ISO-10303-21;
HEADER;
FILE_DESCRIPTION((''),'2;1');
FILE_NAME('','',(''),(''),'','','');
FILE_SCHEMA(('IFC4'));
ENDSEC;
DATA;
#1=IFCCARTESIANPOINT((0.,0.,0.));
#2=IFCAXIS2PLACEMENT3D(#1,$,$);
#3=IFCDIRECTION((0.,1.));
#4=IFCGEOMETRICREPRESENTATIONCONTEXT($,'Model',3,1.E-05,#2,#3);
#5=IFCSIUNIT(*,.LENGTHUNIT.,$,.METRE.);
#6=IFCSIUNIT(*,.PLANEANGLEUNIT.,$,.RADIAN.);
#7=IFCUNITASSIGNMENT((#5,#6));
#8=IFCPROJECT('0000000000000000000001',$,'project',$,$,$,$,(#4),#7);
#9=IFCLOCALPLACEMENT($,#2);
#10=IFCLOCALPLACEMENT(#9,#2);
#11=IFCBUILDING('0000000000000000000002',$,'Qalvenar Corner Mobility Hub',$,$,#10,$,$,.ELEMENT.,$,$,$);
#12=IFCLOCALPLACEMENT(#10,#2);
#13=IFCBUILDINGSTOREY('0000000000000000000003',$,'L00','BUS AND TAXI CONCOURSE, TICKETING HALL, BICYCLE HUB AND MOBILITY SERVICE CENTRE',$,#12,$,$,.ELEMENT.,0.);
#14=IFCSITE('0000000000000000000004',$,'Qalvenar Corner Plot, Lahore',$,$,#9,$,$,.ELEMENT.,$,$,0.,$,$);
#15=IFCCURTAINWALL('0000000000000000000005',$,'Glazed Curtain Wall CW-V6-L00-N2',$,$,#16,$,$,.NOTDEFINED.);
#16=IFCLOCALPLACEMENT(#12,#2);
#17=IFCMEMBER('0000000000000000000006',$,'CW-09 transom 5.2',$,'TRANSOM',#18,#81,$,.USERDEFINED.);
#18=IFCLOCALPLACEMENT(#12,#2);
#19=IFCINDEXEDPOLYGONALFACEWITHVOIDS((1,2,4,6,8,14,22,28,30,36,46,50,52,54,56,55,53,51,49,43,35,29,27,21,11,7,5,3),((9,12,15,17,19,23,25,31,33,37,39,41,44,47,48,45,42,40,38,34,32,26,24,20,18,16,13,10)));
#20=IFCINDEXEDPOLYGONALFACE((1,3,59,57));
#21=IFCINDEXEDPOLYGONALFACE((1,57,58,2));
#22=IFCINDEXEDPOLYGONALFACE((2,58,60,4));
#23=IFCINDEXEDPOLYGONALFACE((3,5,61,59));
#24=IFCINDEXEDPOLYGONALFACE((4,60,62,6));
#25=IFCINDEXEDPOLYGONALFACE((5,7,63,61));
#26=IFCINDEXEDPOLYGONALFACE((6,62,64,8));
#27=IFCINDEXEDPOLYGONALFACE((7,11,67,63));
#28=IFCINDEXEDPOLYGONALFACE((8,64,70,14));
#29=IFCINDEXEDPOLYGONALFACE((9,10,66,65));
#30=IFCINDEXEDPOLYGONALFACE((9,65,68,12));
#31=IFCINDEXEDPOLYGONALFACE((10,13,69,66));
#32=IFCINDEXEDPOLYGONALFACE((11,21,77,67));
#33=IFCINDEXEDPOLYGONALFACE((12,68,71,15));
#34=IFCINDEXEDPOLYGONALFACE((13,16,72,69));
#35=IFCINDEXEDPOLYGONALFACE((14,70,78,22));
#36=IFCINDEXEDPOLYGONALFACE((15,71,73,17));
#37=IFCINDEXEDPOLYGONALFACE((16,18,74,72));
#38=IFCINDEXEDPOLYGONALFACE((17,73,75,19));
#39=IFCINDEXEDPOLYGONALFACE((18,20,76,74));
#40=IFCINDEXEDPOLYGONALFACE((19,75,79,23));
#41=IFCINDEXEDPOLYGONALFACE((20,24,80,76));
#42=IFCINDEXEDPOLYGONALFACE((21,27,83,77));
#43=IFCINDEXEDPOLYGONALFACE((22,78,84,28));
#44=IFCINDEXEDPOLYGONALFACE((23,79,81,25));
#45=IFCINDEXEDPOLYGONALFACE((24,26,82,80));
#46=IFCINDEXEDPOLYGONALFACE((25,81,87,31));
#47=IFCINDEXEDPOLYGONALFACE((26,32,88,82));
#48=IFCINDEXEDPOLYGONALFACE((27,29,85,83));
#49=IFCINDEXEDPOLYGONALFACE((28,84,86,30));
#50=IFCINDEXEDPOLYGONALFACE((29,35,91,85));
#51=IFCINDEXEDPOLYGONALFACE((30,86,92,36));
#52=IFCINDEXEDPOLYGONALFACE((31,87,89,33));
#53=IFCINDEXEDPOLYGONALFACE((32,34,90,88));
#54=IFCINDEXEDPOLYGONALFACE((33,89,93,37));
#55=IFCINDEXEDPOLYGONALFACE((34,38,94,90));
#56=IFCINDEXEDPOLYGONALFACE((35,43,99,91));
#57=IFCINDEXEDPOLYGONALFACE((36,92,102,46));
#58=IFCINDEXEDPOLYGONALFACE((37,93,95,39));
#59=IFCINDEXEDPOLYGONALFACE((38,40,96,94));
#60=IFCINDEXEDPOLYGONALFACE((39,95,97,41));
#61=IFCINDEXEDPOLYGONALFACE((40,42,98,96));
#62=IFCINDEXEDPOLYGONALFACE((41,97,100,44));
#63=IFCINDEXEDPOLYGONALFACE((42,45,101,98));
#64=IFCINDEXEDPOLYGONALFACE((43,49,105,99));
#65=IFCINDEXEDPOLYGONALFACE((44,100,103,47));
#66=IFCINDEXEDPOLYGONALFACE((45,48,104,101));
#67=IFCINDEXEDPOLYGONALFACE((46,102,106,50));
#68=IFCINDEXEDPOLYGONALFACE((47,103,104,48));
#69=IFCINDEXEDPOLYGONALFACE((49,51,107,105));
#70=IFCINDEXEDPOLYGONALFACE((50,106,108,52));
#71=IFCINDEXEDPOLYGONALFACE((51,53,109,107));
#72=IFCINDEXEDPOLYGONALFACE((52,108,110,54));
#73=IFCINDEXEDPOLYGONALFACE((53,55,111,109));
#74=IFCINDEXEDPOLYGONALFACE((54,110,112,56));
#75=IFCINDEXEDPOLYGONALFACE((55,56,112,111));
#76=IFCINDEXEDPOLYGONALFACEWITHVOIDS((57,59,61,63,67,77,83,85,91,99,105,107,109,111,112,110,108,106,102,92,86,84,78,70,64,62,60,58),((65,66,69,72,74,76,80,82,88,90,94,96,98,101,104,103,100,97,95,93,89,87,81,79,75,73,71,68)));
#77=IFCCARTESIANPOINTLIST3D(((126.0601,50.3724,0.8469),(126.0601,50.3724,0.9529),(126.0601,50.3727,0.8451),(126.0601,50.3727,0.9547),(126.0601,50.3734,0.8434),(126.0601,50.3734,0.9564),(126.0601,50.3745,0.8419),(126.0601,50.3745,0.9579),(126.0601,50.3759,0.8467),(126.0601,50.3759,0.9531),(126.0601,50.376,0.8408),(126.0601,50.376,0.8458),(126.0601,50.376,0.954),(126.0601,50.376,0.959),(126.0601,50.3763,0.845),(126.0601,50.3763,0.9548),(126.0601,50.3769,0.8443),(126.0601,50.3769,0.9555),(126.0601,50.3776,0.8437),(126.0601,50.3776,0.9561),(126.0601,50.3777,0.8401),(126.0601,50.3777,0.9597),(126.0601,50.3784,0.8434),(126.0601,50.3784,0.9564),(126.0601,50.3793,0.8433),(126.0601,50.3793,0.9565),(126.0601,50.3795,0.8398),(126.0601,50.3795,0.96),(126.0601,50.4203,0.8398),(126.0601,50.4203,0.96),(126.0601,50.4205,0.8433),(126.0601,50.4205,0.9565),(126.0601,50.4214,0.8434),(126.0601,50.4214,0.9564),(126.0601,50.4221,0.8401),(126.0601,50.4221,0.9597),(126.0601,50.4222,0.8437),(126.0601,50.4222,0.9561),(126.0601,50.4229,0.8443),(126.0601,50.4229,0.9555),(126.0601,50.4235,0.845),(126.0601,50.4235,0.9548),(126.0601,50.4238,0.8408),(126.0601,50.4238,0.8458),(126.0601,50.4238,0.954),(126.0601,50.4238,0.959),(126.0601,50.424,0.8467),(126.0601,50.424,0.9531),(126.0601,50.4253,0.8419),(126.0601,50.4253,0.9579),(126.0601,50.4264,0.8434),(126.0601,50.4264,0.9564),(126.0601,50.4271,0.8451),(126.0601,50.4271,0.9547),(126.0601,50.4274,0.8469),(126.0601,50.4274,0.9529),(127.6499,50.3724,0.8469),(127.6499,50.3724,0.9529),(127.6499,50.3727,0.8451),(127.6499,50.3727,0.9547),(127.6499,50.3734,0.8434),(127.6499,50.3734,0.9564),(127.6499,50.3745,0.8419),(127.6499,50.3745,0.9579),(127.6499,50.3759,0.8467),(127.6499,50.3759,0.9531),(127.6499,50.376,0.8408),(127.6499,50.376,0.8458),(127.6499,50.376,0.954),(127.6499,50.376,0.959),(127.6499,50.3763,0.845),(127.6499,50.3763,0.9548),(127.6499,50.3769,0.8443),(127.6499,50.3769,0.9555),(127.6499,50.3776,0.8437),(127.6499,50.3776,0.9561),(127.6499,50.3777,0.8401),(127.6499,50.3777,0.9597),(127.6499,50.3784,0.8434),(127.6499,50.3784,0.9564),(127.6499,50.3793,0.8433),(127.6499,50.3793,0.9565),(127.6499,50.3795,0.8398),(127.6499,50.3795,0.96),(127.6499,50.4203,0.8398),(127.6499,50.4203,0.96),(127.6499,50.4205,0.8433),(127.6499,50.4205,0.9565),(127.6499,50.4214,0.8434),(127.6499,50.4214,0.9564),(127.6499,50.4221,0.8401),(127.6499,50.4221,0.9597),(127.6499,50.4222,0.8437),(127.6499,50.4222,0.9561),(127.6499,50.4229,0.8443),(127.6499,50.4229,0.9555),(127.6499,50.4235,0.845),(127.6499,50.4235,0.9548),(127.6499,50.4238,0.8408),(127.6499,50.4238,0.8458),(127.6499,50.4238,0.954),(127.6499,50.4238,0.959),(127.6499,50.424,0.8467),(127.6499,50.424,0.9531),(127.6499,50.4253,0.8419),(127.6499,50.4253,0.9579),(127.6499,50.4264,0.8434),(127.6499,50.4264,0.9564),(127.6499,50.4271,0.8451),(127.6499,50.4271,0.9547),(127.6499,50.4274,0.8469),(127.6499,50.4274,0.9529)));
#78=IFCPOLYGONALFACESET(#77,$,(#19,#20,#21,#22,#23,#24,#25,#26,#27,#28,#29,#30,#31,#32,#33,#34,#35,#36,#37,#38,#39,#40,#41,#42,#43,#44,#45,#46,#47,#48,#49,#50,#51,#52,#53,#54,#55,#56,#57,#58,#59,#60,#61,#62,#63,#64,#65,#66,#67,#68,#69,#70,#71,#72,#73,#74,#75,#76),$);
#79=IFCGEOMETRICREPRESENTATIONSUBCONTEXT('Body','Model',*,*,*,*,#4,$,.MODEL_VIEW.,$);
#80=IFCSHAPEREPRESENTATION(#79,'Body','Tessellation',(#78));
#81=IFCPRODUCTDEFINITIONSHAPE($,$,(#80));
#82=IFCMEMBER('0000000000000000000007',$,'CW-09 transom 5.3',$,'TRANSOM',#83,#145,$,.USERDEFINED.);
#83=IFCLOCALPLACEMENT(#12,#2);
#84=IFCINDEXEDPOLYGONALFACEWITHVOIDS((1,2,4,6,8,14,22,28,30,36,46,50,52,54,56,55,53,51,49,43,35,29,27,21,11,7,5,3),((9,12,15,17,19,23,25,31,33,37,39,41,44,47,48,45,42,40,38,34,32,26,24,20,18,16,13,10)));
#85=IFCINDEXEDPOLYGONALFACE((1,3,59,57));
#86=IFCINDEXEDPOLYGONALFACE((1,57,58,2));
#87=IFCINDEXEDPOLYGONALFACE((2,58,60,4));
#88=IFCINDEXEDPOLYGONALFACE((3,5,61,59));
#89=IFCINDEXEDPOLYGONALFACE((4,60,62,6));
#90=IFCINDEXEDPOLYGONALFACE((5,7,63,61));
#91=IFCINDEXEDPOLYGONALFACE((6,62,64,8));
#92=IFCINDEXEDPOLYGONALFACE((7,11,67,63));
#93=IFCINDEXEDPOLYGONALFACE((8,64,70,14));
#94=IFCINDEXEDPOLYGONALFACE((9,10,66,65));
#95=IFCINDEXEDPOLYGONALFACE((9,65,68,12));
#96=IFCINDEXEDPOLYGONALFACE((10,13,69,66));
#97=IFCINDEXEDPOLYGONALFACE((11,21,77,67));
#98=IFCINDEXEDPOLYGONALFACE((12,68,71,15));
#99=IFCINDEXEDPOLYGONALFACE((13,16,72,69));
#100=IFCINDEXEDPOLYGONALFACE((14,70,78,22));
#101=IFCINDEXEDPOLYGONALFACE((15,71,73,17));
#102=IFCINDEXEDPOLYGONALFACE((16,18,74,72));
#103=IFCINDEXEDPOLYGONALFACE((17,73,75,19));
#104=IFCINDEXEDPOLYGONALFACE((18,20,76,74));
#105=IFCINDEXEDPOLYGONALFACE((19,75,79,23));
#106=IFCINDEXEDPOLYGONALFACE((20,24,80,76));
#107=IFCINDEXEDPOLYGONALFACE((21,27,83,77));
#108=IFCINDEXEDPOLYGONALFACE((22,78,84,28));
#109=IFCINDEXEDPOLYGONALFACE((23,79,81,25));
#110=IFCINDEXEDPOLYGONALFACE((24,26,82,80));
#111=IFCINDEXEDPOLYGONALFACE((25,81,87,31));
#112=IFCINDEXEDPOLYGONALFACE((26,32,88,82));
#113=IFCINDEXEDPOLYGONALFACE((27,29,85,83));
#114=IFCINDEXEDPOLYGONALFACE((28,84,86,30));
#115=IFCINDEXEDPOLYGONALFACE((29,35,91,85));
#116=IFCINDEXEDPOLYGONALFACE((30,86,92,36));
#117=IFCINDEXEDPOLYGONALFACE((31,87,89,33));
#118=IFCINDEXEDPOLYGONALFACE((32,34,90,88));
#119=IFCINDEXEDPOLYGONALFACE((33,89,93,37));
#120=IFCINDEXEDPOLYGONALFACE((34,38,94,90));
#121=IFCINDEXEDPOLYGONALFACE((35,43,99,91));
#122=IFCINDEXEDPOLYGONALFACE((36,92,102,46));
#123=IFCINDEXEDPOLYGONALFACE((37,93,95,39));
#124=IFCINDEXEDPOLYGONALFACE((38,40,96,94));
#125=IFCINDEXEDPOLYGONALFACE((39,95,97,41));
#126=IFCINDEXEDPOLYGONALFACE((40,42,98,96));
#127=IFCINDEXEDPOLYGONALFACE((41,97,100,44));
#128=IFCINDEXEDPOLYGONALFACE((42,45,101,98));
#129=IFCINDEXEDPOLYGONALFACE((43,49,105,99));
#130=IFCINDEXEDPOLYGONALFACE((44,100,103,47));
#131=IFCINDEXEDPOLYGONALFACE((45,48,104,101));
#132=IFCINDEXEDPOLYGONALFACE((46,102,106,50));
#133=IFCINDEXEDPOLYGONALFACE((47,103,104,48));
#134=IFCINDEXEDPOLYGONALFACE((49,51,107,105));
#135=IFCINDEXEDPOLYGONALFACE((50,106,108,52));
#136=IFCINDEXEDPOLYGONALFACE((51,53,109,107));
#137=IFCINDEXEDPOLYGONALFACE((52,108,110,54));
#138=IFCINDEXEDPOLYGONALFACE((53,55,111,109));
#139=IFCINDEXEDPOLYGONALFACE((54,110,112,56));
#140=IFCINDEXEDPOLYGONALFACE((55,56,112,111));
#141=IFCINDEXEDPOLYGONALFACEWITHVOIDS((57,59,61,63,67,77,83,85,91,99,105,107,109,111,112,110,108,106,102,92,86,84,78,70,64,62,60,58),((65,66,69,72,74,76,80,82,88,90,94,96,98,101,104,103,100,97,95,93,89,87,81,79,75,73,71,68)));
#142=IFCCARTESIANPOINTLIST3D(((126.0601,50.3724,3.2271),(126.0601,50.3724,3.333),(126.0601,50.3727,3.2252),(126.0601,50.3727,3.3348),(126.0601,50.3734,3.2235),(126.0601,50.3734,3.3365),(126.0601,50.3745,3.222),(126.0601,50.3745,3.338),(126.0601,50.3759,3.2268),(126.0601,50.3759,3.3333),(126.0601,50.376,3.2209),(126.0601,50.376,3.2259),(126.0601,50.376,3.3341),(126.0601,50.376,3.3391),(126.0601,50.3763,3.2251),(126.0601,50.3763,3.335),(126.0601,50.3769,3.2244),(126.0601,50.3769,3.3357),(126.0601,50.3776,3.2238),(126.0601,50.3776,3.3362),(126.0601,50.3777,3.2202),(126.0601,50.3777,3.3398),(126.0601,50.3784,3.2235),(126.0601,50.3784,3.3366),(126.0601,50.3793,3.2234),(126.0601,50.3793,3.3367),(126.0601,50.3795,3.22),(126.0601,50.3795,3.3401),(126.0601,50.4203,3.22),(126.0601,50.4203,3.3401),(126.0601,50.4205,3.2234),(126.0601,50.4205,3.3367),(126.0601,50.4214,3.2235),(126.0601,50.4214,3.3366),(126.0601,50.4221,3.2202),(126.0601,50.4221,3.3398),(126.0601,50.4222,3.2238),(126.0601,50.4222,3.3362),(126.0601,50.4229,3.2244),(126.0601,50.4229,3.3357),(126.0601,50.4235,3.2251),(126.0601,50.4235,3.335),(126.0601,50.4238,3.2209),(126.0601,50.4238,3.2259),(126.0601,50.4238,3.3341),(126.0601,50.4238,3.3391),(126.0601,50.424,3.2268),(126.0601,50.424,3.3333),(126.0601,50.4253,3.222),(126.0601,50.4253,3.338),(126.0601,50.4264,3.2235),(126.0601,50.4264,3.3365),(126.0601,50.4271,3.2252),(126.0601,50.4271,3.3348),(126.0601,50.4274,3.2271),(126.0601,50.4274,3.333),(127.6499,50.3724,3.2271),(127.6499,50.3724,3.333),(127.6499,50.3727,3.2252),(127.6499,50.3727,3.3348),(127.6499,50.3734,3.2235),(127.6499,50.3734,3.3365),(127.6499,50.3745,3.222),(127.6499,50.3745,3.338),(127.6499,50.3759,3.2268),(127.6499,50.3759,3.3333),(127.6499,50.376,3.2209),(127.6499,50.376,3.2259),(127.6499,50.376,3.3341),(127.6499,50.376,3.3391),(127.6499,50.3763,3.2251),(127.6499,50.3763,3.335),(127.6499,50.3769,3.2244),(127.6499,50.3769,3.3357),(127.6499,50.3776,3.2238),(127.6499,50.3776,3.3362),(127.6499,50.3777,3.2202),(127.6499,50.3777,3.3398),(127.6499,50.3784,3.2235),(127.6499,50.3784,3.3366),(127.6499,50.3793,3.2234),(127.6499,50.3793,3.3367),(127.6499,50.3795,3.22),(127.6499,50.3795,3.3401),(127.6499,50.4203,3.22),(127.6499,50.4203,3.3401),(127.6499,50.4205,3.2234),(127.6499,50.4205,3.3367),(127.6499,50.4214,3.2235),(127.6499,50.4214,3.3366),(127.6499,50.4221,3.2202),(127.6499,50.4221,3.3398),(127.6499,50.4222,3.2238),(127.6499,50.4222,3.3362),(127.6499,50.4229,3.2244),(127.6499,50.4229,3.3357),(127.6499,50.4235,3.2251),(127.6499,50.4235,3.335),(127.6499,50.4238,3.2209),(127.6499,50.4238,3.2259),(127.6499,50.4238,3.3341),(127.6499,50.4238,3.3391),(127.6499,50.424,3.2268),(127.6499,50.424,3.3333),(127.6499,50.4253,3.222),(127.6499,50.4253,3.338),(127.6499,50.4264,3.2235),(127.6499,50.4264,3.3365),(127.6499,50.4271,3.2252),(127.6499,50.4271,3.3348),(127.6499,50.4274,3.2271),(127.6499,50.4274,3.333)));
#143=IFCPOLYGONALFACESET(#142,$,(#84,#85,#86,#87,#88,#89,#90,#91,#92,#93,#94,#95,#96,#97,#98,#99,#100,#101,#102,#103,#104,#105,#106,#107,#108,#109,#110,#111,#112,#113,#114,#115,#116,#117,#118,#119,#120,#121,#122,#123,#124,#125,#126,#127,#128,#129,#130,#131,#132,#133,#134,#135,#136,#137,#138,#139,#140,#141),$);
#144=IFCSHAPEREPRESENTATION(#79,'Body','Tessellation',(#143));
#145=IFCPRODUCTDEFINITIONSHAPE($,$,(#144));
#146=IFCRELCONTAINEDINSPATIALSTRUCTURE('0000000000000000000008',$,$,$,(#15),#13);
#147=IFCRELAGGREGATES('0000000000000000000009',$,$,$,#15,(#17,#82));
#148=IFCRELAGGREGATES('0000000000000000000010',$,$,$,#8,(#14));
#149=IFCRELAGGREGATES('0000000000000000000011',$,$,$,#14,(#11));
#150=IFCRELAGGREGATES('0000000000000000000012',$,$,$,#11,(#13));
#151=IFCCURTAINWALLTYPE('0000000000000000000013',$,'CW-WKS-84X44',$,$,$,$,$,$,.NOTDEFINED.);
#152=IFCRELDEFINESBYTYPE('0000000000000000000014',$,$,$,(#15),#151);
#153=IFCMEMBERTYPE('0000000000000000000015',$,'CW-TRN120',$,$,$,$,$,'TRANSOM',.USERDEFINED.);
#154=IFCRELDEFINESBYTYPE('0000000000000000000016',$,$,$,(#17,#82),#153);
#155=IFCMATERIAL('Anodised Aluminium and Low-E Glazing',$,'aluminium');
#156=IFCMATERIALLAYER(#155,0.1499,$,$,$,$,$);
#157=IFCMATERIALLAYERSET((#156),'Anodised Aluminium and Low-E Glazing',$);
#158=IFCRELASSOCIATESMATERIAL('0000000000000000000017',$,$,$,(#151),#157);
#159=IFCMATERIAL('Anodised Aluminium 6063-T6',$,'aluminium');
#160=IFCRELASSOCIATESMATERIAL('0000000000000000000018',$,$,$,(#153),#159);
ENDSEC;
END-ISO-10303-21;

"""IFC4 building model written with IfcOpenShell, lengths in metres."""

from ifc_helpers import new_model, si_unit, direction, frame, origin, origin_2d, place, context, subcontext, project, spatial, hollow_rectangle, extrude, material, layer, layer_set, material_profile, profile_set, type_object, element, aggregate, save


model = new_model("IFC4")

# Units and contexts
model_context = context("Model", 3, precision=1e-05, world=origin(), true_north=direction((0.0, 1.0)))
body_context = subcontext(model_context, "Body", "Model", "MODEL_VIEW")
ifc_project = project(units=[si_unit("LENGTHUNIT", "METRE"), si_unit("PLANEANGLEUNIT", "RADIAN")], contexts=[model_context])

# Site, building, storey
site_placement = place(None, origin())
site = spatial("IfcSite", under=ifc_project, at=site_placement, Name="Qalvenar Corner Plot, Lahore", CompositionType="ELEMENT", RefElevation=0.0)
building_placement = place(site_placement, origin())
building = spatial("IfcBuilding", under=site, at=building_placement, Name="Qalvenar Corner Mobility Hub", CompositionType="ELEMENT")
storey_placement = place(building_placement, origin())
storey = spatial("IfcBuildingStorey", under=building, at=storey_placement, Name="L00", Description="BUS AND TAXI CONCOURSE, TICKETING HALL, BICYCLE HUB AND MOBILITY SERVICE CENTRE", CompositionType="ELEMENT", Elevation=0.0)

# Curtain wall, members
ifc_material_1 = material(Name="Anodised Aluminium and Low-E Glazing", Category="aluminium")
ifc_layer_1 = layer(ifc_material_1, 0.1499)
ifc_layer_set_1 = layer_set([ifc_layer_1], Name="Anodised Aluminium and Low-E Glazing")
curtain_wall_type = type_object("IfcCurtainWallType", Name="CW-WKS-84X44", PredefinedType="NOTDEFINED", material=ifc_layer_set_1)
curtain_wall_placement = place(storey_placement, origin())
curtain_wall = element("IfcCurtainWall", 1, at=curtain_wall_placement, inside=storey, type_object=curtain_wall_type, Name="Glazed Curtain Wall CW-V6-L00-N2", PredefinedType="NOTDEFINED")
ifc_material_2 = material(Name="Anodised Aluminium 6063-T6", Category="aluminium")
ifc_material_profile_1 = material_profile(ifc_material_2, hollow_rectangle(XDim=0.0549, YDim=0.1201, WallThickness=0.0034, InnerFilletRadius=0.0034, OuterFilletRadius=0.0071, at=origin_2d()), Name="RHS120x55x3.5")
ifc_profile_set_1 = profile_set([ifc_material_profile_1], Name="Anodised Aluminium 6063-T6")
member_type_1 = type_object("IfcMemberType", Name="CW-TRN120", ElementType="TRANSOM", PredefinedType="USERDEFINED", material=ifc_profile_set_1)
member_1_placement = place(storey_placement, frame((127.6499, 50.3999, 0.8999), z_axis=(-1.0, 0.0, 0.0), x_axis=(0.0, -1.0, 0.0)))
member_1 = element("IfcMember", 2, at=member_1_placement, type_object=member_type_1, Name="CW-09 transom 5.2", ObjectType="TRANSOM", PredefinedType="USERDEFINED", context=body_context, shape_type="SweptSolid", body=[
    extrude(hollow_rectangle(XDim=0.0549, YDim=0.1201, WallThickness=0.0034, InnerFilletRadius=0.0034, OuterFilletRadius=0.0071, at=origin_2d()), origin(), (0.0, 0.0, 1.0), 1.5898),
])
member_2_placement = place(storey_placement, frame((127.6499, 50.3999, 3.28), z_axis=(-1.0, 0.0, 0.0), x_axis=(0.0, -1.0, 0.0)))
member_2 = element("IfcMember", 3, at=member_2_placement, type_object=member_type_1, Name="CW-09 transom 5.3", ObjectType="TRANSOM", PredefinedType="USERDEFINED", context=body_context, shape_type="SweptSolid", body=[
    extrude(hollow_rectangle(XDim=0.0549, YDim=0.1201, WallThickness=0.0034, InnerFilletRadius=0.0034, OuterFilletRadius=0.0071, at=origin_2d()), origin(), (0.0, 0.0, 1.0), 1.5898),
])
aggregate(curtain_wall, [member_1, member_2])

save(model, "model.ifc")
